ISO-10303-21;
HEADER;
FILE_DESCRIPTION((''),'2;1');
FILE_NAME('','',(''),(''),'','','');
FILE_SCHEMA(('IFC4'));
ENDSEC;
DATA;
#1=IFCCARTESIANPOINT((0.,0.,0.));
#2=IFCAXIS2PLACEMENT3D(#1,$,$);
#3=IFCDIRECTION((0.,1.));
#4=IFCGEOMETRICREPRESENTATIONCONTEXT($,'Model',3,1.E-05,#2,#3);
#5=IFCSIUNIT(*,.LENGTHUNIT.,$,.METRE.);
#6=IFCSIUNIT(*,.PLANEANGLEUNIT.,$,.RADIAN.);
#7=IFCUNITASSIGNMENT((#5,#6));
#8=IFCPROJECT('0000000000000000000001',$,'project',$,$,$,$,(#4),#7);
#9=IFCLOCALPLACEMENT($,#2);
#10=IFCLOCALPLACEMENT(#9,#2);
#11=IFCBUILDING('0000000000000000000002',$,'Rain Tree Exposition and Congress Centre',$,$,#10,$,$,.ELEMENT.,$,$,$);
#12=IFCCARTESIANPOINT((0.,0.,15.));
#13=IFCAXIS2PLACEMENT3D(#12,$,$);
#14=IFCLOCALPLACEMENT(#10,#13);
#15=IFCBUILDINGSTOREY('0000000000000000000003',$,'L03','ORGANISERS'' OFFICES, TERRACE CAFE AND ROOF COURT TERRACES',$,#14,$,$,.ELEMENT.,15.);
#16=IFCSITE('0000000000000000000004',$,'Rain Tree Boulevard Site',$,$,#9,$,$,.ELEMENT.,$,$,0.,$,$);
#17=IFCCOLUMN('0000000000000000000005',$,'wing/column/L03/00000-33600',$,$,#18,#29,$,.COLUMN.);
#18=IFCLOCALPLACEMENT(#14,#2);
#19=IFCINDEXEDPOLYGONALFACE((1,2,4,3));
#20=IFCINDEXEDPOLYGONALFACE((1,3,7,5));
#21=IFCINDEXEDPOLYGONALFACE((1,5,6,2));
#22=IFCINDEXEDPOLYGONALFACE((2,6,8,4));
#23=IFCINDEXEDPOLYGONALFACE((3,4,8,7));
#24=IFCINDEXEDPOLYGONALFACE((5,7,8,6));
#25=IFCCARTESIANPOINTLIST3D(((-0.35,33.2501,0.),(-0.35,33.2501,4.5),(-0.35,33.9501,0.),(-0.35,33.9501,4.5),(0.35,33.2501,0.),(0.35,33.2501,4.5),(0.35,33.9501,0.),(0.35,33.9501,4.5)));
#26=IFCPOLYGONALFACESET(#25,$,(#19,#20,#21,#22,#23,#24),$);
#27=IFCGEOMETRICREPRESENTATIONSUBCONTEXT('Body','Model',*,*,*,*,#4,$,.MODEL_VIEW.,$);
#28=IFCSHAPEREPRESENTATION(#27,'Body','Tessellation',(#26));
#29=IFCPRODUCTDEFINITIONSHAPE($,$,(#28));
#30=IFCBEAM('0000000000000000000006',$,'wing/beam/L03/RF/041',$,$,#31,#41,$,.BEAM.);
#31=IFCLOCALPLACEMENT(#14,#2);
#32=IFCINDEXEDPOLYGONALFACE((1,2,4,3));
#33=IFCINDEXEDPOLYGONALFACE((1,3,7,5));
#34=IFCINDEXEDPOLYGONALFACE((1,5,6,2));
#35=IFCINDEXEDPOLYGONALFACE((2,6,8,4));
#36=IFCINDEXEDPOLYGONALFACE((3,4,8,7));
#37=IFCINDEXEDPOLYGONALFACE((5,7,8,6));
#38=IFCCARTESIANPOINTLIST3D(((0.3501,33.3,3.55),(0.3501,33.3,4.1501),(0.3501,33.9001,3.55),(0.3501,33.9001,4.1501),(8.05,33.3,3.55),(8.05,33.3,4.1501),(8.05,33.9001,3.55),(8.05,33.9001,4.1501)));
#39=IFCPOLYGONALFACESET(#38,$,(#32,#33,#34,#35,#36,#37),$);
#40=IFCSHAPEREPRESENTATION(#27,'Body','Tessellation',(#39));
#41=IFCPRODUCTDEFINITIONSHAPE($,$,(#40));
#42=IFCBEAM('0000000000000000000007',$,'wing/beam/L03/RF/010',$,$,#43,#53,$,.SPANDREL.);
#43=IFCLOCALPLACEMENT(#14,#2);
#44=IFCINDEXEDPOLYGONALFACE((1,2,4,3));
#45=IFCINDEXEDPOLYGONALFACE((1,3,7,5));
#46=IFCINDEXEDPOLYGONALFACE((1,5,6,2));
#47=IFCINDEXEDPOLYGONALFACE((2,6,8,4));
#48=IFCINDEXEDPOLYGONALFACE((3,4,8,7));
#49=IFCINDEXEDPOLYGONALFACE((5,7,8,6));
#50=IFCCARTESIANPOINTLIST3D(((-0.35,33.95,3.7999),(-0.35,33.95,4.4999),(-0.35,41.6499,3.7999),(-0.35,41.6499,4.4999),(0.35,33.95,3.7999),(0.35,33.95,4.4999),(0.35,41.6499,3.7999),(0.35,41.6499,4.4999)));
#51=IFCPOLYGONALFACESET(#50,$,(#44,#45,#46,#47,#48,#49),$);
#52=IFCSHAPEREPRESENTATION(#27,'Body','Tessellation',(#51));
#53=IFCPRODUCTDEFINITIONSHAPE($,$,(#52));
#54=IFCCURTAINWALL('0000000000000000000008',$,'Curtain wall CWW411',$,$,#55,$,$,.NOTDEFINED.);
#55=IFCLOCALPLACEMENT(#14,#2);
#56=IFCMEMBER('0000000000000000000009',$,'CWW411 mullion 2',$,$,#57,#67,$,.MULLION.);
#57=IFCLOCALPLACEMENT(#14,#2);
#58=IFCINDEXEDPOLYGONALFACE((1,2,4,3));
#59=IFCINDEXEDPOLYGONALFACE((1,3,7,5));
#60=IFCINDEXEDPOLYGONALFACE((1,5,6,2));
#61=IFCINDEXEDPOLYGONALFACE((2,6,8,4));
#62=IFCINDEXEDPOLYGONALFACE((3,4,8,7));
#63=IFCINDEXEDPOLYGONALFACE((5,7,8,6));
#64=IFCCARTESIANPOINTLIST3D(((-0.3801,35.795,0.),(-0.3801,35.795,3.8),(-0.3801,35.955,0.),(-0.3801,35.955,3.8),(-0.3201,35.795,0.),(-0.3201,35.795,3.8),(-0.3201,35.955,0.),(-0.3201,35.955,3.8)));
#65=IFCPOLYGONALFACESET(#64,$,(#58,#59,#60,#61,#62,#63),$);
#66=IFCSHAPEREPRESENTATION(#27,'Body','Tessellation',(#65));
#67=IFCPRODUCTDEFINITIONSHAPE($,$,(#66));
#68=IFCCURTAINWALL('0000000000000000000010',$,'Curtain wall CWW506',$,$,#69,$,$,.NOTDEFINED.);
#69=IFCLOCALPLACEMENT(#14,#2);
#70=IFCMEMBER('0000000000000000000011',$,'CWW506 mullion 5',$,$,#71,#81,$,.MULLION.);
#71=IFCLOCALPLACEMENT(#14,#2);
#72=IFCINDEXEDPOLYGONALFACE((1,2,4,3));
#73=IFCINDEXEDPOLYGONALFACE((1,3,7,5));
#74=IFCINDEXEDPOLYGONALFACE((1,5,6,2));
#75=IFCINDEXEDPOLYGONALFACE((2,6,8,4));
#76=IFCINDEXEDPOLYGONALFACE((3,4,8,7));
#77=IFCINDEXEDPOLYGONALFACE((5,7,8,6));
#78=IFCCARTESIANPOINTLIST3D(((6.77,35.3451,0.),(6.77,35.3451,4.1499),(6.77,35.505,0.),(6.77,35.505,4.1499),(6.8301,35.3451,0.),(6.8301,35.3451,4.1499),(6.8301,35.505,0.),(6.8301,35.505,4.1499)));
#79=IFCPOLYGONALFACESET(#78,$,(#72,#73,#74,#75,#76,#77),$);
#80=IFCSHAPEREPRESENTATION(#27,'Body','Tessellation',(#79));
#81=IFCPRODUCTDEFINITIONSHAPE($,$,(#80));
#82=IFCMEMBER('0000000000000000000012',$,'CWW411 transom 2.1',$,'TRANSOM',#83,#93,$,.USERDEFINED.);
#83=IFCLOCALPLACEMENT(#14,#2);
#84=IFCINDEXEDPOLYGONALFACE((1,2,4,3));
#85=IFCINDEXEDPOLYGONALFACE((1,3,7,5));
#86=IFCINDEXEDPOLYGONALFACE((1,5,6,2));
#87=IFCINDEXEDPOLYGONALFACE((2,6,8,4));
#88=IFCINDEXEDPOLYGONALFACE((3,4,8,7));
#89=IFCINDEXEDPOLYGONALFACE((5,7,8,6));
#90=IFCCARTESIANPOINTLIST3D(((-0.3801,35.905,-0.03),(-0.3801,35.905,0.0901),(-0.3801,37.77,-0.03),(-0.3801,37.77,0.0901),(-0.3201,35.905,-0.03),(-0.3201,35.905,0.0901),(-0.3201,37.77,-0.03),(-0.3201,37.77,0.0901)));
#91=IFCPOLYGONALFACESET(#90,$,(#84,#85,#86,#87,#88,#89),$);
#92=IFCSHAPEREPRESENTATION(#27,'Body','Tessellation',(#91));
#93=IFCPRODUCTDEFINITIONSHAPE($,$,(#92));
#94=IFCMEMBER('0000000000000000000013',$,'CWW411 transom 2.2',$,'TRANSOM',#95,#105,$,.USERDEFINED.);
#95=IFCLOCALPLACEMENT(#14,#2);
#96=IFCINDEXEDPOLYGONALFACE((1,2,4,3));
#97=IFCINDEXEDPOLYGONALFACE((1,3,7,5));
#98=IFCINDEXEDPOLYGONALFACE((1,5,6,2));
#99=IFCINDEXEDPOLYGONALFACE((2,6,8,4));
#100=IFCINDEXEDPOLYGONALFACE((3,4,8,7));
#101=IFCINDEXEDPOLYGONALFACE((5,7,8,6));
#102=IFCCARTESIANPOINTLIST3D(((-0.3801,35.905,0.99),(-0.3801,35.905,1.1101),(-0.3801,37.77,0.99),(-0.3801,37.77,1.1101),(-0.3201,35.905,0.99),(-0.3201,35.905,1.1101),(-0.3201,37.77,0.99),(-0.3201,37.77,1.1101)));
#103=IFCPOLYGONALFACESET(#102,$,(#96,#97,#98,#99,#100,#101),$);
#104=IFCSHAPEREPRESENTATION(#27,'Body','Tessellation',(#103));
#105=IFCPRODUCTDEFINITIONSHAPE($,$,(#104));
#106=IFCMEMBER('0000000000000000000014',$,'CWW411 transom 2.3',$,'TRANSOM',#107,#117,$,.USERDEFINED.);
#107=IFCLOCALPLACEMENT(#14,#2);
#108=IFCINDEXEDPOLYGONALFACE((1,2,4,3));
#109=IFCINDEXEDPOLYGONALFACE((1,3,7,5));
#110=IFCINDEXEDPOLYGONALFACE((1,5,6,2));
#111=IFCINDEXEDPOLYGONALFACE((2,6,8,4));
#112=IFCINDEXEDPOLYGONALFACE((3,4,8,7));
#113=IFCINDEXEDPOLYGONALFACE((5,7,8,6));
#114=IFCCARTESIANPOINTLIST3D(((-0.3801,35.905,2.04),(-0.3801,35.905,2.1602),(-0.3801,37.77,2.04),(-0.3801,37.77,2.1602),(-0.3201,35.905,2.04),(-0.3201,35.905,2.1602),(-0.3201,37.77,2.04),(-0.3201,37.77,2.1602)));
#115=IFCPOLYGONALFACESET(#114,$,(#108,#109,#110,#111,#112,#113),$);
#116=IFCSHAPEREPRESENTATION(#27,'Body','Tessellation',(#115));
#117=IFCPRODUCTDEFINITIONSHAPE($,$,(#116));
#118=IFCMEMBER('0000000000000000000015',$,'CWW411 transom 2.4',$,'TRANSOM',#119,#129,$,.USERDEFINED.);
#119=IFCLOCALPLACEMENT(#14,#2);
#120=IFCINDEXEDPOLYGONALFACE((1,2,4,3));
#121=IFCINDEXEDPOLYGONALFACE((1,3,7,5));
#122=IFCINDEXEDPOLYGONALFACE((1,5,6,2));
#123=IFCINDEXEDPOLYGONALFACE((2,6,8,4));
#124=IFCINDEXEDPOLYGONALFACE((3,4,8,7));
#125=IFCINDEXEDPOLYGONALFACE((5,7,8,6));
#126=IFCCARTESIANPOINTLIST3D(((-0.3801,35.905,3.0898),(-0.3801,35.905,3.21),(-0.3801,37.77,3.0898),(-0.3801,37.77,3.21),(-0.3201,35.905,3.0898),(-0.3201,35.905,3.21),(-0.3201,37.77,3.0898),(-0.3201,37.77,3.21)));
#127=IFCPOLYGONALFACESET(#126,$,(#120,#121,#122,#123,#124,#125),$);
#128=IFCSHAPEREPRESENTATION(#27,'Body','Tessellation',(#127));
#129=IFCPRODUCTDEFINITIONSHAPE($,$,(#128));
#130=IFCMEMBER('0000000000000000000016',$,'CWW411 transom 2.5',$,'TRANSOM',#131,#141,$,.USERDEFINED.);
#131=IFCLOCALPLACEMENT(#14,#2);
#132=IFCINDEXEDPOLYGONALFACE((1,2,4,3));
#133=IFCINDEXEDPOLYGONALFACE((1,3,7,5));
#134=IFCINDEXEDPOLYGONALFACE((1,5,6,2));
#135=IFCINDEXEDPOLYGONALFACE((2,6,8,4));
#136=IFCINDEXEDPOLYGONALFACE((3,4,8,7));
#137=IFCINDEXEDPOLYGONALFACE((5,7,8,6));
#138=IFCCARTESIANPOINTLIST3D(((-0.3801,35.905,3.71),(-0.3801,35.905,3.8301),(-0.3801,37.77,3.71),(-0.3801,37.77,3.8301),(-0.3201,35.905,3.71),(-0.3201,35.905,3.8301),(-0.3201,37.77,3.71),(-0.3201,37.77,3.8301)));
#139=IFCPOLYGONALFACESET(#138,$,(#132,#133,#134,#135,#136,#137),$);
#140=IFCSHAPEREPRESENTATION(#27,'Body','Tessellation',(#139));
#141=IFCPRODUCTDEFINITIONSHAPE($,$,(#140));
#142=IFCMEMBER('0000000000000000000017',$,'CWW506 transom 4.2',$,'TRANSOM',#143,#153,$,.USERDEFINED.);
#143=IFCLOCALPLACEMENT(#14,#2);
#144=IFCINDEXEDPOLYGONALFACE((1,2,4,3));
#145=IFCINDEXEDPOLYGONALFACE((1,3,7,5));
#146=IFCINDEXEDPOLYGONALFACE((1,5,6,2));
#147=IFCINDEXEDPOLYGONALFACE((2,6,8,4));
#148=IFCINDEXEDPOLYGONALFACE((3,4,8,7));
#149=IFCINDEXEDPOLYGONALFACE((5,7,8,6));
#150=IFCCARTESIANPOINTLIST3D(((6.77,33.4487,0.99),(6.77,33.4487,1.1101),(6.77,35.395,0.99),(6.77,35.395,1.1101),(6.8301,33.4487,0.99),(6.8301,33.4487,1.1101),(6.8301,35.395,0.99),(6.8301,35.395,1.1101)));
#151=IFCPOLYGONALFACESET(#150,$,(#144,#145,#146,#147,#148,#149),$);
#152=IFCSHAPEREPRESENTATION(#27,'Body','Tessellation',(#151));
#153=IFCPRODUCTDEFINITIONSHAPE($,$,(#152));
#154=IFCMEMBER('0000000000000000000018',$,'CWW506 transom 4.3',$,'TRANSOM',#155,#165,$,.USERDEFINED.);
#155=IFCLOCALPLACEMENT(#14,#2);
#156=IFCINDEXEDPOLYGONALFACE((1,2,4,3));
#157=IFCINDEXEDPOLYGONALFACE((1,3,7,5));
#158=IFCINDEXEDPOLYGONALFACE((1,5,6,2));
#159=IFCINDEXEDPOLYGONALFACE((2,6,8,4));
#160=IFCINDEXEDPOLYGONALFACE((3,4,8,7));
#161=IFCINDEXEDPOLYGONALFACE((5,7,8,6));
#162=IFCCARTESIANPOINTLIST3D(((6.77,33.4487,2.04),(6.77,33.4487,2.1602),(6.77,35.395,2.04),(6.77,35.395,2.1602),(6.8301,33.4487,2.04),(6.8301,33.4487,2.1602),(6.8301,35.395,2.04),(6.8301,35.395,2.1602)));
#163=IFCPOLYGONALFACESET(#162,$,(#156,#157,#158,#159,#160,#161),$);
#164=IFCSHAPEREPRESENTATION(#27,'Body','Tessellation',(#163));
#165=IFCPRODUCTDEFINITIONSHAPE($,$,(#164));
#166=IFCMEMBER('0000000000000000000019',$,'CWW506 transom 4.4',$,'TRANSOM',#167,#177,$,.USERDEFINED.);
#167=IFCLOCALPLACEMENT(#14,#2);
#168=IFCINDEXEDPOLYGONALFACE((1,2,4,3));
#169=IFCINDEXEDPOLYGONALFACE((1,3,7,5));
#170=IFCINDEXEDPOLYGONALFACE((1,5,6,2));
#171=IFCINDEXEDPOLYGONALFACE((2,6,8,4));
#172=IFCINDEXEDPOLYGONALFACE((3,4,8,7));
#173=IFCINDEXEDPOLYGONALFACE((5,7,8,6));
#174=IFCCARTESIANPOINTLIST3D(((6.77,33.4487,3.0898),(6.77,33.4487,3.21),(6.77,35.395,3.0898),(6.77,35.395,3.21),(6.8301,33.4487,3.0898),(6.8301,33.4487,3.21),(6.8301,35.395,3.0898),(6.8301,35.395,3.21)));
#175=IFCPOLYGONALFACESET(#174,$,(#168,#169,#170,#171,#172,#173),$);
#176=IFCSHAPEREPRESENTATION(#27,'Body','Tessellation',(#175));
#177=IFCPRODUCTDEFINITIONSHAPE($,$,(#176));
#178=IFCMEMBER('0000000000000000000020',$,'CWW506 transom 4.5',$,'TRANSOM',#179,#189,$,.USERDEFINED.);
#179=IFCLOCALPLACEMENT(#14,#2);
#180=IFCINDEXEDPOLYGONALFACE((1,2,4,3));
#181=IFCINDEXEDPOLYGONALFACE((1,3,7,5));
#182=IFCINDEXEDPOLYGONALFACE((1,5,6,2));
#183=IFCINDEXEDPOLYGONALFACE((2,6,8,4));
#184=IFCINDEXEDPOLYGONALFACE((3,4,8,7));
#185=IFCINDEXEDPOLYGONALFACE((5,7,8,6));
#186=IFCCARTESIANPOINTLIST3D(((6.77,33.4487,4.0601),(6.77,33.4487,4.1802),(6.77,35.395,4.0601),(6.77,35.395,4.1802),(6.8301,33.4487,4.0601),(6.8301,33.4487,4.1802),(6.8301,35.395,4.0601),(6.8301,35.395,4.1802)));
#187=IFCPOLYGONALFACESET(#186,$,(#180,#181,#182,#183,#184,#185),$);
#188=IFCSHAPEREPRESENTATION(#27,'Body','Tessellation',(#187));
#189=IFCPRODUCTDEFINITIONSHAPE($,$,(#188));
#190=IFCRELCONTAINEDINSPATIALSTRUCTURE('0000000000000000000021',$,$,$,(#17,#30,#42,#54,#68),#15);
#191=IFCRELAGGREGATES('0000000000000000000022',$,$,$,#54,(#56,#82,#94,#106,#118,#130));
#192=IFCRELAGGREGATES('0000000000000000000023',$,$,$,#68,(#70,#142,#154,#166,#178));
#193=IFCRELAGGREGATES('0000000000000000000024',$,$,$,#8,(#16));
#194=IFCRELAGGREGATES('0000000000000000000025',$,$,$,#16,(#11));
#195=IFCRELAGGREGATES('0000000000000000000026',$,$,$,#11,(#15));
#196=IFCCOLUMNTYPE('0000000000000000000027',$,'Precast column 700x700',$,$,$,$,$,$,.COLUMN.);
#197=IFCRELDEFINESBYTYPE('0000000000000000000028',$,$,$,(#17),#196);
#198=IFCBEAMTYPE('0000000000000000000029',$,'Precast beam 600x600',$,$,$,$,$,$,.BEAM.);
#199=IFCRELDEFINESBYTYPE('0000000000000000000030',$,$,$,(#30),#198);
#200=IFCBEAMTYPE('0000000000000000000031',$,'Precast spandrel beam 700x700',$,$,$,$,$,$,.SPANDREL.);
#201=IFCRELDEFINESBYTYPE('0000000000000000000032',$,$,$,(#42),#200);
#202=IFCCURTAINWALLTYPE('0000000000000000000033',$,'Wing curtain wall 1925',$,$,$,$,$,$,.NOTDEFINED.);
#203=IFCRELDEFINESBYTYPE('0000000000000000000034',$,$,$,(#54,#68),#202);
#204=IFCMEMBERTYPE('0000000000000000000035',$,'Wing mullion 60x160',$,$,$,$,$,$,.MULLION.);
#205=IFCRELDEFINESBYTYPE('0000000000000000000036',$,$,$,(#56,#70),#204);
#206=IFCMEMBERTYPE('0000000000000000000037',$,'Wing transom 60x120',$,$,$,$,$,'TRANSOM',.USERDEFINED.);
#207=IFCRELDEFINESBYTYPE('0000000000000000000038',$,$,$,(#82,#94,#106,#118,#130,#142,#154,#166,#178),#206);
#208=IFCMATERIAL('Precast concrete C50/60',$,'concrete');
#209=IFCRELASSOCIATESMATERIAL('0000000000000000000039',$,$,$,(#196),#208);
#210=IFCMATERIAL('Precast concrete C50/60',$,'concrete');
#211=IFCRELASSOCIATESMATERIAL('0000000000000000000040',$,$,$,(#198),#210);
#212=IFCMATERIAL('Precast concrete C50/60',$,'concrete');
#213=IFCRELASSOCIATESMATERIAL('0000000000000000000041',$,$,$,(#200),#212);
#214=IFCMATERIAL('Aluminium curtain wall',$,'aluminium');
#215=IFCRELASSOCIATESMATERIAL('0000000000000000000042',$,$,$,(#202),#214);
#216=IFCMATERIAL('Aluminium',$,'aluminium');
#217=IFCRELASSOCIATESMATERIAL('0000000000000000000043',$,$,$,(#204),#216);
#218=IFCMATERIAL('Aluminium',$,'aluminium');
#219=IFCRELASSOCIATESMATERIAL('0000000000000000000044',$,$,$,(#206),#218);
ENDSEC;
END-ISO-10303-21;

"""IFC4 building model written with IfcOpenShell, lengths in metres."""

from ifc_helpers import new_model, si_unit, direction, frame, origin, origin_2d, place, context, subcontext, project, spatial, rectangle, extrude, material, material_profile, profile_set, type_object, element, aggregate, save


model = new_model("IFC4")

# Units and contexts
model_context = context("Model", 3, precision=1e-05, world=origin(), true_north=direction((0.0, 1.0)))
body_context = subcontext(model_context, "Body", "Model", "MODEL_VIEW")
ifc_project = project(units=[si_unit("LENGTHUNIT", "METRE"), si_unit("PLANEANGLEUNIT", "RADIAN")], contexts=[model_context])

# Site, building, storey
site_placement = place(None, origin())
site = spatial("IfcSite", under=ifc_project, at=site_placement, Name="Rain Tree Boulevard Site", CompositionType="ELEMENT", RefElevation=0.0)
building_placement = place(site_placement, origin())
building = spatial("IfcBuilding", under=site, at=building_placement, Name="Rain Tree Exposition and Congress Centre", CompositionType="ELEMENT")
storey_placement = place(building_placement, frame((0.0, 0.0, 15.0)))
storey = spatial("IfcBuildingStorey", under=building, at=storey_placement, Name="L03", Description="ORGANISERS' OFFICES, TERRACE CAFE AND ROOF COURT TERRACES", CompositionType="ELEMENT", Elevation=15.0)

# Column
ifc_material_1 = material(Name="Precast concrete C50/60", Category="concrete")
ifc_material_profile_1 = material_profile(ifc_material_1, rectangle(XDim=0.7, YDim=0.7, at=origin_2d()), Name="RC 700x700")
ifc_profile_set_1 = profile_set([ifc_material_profile_1], Name="Precast concrete C50/60")
column_type = type_object("IfcColumnType", Name="Precast column 700x700", PredefinedType="COLUMN", material=ifc_profile_set_1)
column_placement = place(storey_placement, frame((0.0, 33.6001, 0.0), z_axis=(0.0, 0.0, 1.0), x_axis=(1.0, 0.0, 0.0)))
element("IfcColumn", 1, at=column_placement, inside=storey, type_object=column_type, Name="wing/column/L03/00000-33600", PredefinedType="COLUMN", context=body_context, shape_type="SweptSolid", body=[
    extrude(rectangle(XDim=0.7, YDim=0.7, at=origin_2d()), origin(), (0.0, 0.0, 1.0), 4.5),
])

# Beams
ifc_material_2 = material(Name="Precast concrete C50/60", Category="concrete")
ifc_material_profile_2 = material_profile(ifc_material_2, rectangle(XDim=0.6001, YDim=0.6001, at=origin_2d()), Name="RC 600x600")
ifc_profile_set_2 = profile_set([ifc_material_profile_2], Name="Precast concrete C50/60")
beam_type_1 = type_object("IfcBeamType", Name="Precast beam 600x600", PredefinedType="BEAM", material=ifc_profile_set_2)
beam_1_placement = place(storey_placement, frame((0.3501, 33.6001, 3.8501), z_axis=(1.0, 0.0, 0.0), x_axis=(0.0, 1.0, 0.0)))
element("IfcBeam", 2, at=beam_1_placement, inside=storey, type_object=beam_type_1, Name="wing/beam/L03/RF/041", PredefinedType="BEAM", context=body_context, shape_type="SweptSolid", body=[
    extrude(rectangle(XDim=0.6001, YDim=0.6001, at=origin_2d()), origin(), (0.0, 0.0, 1.0), 7.7),
])
ifc_material_3 = material(Name="Precast concrete C50/60", Category="concrete")
ifc_material_profile_3 = material_profile(ifc_material_3, rectangle(XDim=0.7, YDim=0.7, at=origin_2d()), Name="RC 700x700")
ifc_profile_set_3 = profile_set([ifc_material_profile_3], Name="Precast concrete C50/60")
beam_type_2 = type_object("IfcBeamType", Name="Precast spandrel beam 700x700", PredefinedType="SPANDREL", material=ifc_profile_set_3)
beam_2_placement = place(storey_placement, frame((0.0, 33.95, 4.1499), z_axis=(0.0, 1.0, 0.0), x_axis=(-1.0, 0.0, 0.0)))
element("IfcBeam", 3, at=beam_2_placement, inside=storey, type_object=beam_type_2, Name="wing/beam/L03/RF/010", PredefinedType="SPANDREL", context=body_context, shape_type="SweptSolid", body=[
    extrude(rectangle(XDim=0.7, YDim=0.7, at=origin_2d()), origin(), (0.0, 0.0, 1.0), 7.7),
])

# Curtain walls, members
ifc_material_4 = material(Name="Aluminium curtain wall", Category="aluminium")
curtain_wall_type = type_object("IfcCurtainWallType", Name="Wing curtain wall 1925", PredefinedType="NOTDEFINED", material=ifc_material_4)
curtain_wall_1_placement = place(storey_placement, origin())
curtain_wall_1 = element("IfcCurtainWall", 4, at=curtain_wall_1_placement, inside=storey, type_object=curtain_wall_type, Name="Curtain wall CWW411", PredefinedType="NOTDEFINED")
ifc_material_5 = material(Name="Aluminium", Category="aluminium")
ifc_material_profile_4 = material_profile(ifc_material_5, rectangle(XDim=0.0601, YDim=0.1599, at=origin_2d()), Name="Aluminium 60x160")
ifc_profile_set_4 = profile_set([ifc_material_profile_4], Name="Aluminium")
member_type_1 = type_object("IfcMemberType", Name="Wing mullion 60x160", PredefinedType="MULLION", material=ifc_profile_set_4)
member_1_placement = place(storey_placement, frame((-0.3501, 35.875, 0.0), z_axis=(0.0, 0.0, 1.0), x_axis=(-1.0, 0.0, 0.0)))
member_1 = element("IfcMember", 5, at=member_1_placement, type_object=member_type_1, Name="CWW411 mullion 2", PredefinedType="MULLION", context=body_context, shape_type="SweptSolid", body=[
    extrude(rectangle(XDim=0.0601, YDim=0.1599, at=origin_2d()), origin(), (0.0, 0.0, 1.0), 3.8),
])
curtain_wall_2_placement = place(storey_placement, origin())
curtain_wall_2 = element("IfcCurtainWall", 6, at=curtain_wall_2_placement, inside=storey, type_object=curtain_wall_type, Name="Curtain wall CWW506", PredefinedType="NOTDEFINED")
member_2_placement = place(storey_placement, frame((6.8, 35.425, 0.0), z_axis=(0.0, 0.0, 1.0), x_axis=(-1.0, 0.0, 0.0)))
member_2 = element("IfcMember", 7, at=member_2_placement, type_object=member_type_1, Name="CWW506 mullion 5", PredefinedType="MULLION", context=body_context, shape_type="SweptSolid", body=[
    extrude(rectangle(XDim=0.0601, YDim=0.1599, at=origin_2d()), origin(), (0.0, 0.0, 1.0), 4.1499),
])

# Members
ifc_material_6 = material(Name="Aluminium", Category="aluminium")
ifc_material_profile_5 = material_profile(ifc_material_6, rectangle(XDim=0.0601, YDim=0.1201, at=origin_2d()), Name="Aluminium 60x120")
ifc_profile_set_5 = profile_set([ifc_material_profile_5], Name="Aluminium")
member_type_2 = type_object("IfcMemberType", Name="Wing transom 60x120", ElementType="TRANSOM", PredefinedType="USERDEFINED", material=ifc_profile_set_5)
member_3_placement = place(storey_placement, frame((-0.3501, 35.905, 0.03), z_axis=(0.0, 1.0, 0.0), x_axis=(-1.0, 0.0, 0.0)))
member_3 = element("IfcMember", 8, at=member_3_placement, type_object=member_type_2, Name="CWW411 transom 2.1", ObjectType="TRANSOM", PredefinedType="USERDEFINED", context=body_context, shape_type="SweptSolid", body=[
    extrude(rectangle(XDim=0.0601, YDim=0.1201, at=origin_2d()), origin(), (0.0, 0.0, 1.0), 1.865),
])
member_4_placement = place(storey_placement, frame((-0.3501, 35.905, 1.05), z_axis=(0.0, 1.0, 0.0), x_axis=(-1.0, 0.0, 0.0)))
member_4 = element("IfcMember", 9, at=member_4_placement, type_object=member_type_2, Name="CWW411 transom 2.2", ObjectType="TRANSOM", PredefinedType="USERDEFINED", context=body_context, shape_type="SweptSolid", body=[
    extrude(rectangle(XDim=0.0601, YDim=0.1201, at=origin_2d()), origin(), (0.0, 0.0, 1.0), 1.865),
])
member_5_placement = place(storey_placement, frame((-0.3501, 35.905, 2.1001), z_axis=(0.0, 1.0, 0.0), x_axis=(-1.0, 0.0, 0.0)))
member_5 = element("IfcMember", 10, at=member_5_placement, type_object=member_type_2, Name="CWW411 transom 2.3", ObjectType="TRANSOM", PredefinedType="USERDEFINED", context=body_context, shape_type="SweptSolid", body=[
    extrude(rectangle(XDim=0.0601, YDim=0.1201, at=origin_2d()), origin(), (0.0, 0.0, 1.0), 1.865),
])
member_6_placement = place(storey_placement, frame((-0.3501, 35.905, 3.1499), z_axis=(0.0, 1.0, 0.0), x_axis=(-1.0, 0.0, 0.0)))
member_6 = element("IfcMember", 11, at=member_6_placement, type_object=member_type_2, Name="CWW411 transom 2.4", ObjectType="TRANSOM", PredefinedType="USERDEFINED", context=body_context, shape_type="SweptSolid", body=[
    extrude(rectangle(XDim=0.0601, YDim=0.1201, at=origin_2d()), origin(), (0.0, 0.0, 1.0), 1.865),
])
member_7_placement = place(storey_placement, frame((-0.3501, 35.905, 3.77), z_axis=(0.0, 1.0, 0.0), x_axis=(-1.0, 0.0, 0.0)))
member_7 = element("IfcMember", 12, at=member_7_placement, type_object=member_type_2, Name="CWW411 transom 2.5", ObjectType="TRANSOM", PredefinedType="USERDEFINED", context=body_context, shape_type="SweptSolid", body=[
    extrude(rectangle(XDim=0.0601, YDim=0.1201, at=origin_2d()), origin(), (0.0, 0.0, 1.0), 1.865),
])
aggregate(curtain_wall_1, [member_1, member_3, member_4, member_5, member_6, member_7])
member_8_placement = place(storey_placement, frame((6.8, 33.4487, 1.05), z_axis=(0.0, 1.0, 0.0), x_axis=(-1.0, 0.0, 0.0)))
member_8 = element("IfcMember", 13, at=member_8_placement, type_object=member_type_2, Name="CWW506 transom 4.2", ObjectType="TRANSOM", PredefinedType="USERDEFINED", context=body_context, shape_type="SweptSolid", body=[
    extrude(rectangle(XDim=0.0601, YDim=0.1201, at=origin_2d()), origin(), (0.0, 0.0, 1.0), 1.9463),
])
member_9_placement = place(storey_placement, frame((6.8, 33.4487, 2.1001), z_axis=(0.0, 1.0, 0.0), x_axis=(-1.0, 0.0, 0.0)))
member_9 = element("IfcMember", 14, at=member_9_placement, type_object=member_type_2, Name="CWW506 transom 4.3", ObjectType="TRANSOM", PredefinedType="USERDEFINED", context=body_context, shape_type="SweptSolid", body=[
    extrude(rectangle(XDim=0.0601, YDim=0.1201, at=origin_2d()), origin(), (0.0, 0.0, 1.0), 1.9463),
])
member_10_placement = place(storey_placement, frame((6.8, 33.4487, 3.1499), z_axis=(0.0, 1.0, 0.0), x_axis=(-1.0, 0.0, 0.0)))
member_10 = element("IfcMember", 15, at=member_10_placement, type_object=member_type_2, Name="CWW506 transom 4.4", ObjectType="TRANSOM", PredefinedType="USERDEFINED", context=body_context, shape_type="SweptSolid", body=[
    extrude(rectangle(XDim=0.0601, YDim=0.1201, at=origin_2d()), origin(), (0.0, 0.0, 1.0), 1.9463),
])
member_11_placement = place(storey_placement, frame((6.8, 33.4487, 4.1201), z_axis=(0.0, 1.0, 0.0), x_axis=(-1.0, 0.0, 0.0)))
member_11 = element("IfcMember", 16, at=member_11_placement, type_object=member_type_2, Name="CWW506 transom 4.5", ObjectType="TRANSOM", PredefinedType="USERDEFINED", context=body_context, shape_type="SweptSolid", body=[
    extrude(rectangle(XDim=0.0601, YDim=0.1201, at=origin_2d()), origin(), (0.0, 0.0, 1.0), 1.9463),
])

aggregate(curtain_wall_2, [member_2, member_8, member_9, member_10, member_11])

save(model, "model.ifc")
